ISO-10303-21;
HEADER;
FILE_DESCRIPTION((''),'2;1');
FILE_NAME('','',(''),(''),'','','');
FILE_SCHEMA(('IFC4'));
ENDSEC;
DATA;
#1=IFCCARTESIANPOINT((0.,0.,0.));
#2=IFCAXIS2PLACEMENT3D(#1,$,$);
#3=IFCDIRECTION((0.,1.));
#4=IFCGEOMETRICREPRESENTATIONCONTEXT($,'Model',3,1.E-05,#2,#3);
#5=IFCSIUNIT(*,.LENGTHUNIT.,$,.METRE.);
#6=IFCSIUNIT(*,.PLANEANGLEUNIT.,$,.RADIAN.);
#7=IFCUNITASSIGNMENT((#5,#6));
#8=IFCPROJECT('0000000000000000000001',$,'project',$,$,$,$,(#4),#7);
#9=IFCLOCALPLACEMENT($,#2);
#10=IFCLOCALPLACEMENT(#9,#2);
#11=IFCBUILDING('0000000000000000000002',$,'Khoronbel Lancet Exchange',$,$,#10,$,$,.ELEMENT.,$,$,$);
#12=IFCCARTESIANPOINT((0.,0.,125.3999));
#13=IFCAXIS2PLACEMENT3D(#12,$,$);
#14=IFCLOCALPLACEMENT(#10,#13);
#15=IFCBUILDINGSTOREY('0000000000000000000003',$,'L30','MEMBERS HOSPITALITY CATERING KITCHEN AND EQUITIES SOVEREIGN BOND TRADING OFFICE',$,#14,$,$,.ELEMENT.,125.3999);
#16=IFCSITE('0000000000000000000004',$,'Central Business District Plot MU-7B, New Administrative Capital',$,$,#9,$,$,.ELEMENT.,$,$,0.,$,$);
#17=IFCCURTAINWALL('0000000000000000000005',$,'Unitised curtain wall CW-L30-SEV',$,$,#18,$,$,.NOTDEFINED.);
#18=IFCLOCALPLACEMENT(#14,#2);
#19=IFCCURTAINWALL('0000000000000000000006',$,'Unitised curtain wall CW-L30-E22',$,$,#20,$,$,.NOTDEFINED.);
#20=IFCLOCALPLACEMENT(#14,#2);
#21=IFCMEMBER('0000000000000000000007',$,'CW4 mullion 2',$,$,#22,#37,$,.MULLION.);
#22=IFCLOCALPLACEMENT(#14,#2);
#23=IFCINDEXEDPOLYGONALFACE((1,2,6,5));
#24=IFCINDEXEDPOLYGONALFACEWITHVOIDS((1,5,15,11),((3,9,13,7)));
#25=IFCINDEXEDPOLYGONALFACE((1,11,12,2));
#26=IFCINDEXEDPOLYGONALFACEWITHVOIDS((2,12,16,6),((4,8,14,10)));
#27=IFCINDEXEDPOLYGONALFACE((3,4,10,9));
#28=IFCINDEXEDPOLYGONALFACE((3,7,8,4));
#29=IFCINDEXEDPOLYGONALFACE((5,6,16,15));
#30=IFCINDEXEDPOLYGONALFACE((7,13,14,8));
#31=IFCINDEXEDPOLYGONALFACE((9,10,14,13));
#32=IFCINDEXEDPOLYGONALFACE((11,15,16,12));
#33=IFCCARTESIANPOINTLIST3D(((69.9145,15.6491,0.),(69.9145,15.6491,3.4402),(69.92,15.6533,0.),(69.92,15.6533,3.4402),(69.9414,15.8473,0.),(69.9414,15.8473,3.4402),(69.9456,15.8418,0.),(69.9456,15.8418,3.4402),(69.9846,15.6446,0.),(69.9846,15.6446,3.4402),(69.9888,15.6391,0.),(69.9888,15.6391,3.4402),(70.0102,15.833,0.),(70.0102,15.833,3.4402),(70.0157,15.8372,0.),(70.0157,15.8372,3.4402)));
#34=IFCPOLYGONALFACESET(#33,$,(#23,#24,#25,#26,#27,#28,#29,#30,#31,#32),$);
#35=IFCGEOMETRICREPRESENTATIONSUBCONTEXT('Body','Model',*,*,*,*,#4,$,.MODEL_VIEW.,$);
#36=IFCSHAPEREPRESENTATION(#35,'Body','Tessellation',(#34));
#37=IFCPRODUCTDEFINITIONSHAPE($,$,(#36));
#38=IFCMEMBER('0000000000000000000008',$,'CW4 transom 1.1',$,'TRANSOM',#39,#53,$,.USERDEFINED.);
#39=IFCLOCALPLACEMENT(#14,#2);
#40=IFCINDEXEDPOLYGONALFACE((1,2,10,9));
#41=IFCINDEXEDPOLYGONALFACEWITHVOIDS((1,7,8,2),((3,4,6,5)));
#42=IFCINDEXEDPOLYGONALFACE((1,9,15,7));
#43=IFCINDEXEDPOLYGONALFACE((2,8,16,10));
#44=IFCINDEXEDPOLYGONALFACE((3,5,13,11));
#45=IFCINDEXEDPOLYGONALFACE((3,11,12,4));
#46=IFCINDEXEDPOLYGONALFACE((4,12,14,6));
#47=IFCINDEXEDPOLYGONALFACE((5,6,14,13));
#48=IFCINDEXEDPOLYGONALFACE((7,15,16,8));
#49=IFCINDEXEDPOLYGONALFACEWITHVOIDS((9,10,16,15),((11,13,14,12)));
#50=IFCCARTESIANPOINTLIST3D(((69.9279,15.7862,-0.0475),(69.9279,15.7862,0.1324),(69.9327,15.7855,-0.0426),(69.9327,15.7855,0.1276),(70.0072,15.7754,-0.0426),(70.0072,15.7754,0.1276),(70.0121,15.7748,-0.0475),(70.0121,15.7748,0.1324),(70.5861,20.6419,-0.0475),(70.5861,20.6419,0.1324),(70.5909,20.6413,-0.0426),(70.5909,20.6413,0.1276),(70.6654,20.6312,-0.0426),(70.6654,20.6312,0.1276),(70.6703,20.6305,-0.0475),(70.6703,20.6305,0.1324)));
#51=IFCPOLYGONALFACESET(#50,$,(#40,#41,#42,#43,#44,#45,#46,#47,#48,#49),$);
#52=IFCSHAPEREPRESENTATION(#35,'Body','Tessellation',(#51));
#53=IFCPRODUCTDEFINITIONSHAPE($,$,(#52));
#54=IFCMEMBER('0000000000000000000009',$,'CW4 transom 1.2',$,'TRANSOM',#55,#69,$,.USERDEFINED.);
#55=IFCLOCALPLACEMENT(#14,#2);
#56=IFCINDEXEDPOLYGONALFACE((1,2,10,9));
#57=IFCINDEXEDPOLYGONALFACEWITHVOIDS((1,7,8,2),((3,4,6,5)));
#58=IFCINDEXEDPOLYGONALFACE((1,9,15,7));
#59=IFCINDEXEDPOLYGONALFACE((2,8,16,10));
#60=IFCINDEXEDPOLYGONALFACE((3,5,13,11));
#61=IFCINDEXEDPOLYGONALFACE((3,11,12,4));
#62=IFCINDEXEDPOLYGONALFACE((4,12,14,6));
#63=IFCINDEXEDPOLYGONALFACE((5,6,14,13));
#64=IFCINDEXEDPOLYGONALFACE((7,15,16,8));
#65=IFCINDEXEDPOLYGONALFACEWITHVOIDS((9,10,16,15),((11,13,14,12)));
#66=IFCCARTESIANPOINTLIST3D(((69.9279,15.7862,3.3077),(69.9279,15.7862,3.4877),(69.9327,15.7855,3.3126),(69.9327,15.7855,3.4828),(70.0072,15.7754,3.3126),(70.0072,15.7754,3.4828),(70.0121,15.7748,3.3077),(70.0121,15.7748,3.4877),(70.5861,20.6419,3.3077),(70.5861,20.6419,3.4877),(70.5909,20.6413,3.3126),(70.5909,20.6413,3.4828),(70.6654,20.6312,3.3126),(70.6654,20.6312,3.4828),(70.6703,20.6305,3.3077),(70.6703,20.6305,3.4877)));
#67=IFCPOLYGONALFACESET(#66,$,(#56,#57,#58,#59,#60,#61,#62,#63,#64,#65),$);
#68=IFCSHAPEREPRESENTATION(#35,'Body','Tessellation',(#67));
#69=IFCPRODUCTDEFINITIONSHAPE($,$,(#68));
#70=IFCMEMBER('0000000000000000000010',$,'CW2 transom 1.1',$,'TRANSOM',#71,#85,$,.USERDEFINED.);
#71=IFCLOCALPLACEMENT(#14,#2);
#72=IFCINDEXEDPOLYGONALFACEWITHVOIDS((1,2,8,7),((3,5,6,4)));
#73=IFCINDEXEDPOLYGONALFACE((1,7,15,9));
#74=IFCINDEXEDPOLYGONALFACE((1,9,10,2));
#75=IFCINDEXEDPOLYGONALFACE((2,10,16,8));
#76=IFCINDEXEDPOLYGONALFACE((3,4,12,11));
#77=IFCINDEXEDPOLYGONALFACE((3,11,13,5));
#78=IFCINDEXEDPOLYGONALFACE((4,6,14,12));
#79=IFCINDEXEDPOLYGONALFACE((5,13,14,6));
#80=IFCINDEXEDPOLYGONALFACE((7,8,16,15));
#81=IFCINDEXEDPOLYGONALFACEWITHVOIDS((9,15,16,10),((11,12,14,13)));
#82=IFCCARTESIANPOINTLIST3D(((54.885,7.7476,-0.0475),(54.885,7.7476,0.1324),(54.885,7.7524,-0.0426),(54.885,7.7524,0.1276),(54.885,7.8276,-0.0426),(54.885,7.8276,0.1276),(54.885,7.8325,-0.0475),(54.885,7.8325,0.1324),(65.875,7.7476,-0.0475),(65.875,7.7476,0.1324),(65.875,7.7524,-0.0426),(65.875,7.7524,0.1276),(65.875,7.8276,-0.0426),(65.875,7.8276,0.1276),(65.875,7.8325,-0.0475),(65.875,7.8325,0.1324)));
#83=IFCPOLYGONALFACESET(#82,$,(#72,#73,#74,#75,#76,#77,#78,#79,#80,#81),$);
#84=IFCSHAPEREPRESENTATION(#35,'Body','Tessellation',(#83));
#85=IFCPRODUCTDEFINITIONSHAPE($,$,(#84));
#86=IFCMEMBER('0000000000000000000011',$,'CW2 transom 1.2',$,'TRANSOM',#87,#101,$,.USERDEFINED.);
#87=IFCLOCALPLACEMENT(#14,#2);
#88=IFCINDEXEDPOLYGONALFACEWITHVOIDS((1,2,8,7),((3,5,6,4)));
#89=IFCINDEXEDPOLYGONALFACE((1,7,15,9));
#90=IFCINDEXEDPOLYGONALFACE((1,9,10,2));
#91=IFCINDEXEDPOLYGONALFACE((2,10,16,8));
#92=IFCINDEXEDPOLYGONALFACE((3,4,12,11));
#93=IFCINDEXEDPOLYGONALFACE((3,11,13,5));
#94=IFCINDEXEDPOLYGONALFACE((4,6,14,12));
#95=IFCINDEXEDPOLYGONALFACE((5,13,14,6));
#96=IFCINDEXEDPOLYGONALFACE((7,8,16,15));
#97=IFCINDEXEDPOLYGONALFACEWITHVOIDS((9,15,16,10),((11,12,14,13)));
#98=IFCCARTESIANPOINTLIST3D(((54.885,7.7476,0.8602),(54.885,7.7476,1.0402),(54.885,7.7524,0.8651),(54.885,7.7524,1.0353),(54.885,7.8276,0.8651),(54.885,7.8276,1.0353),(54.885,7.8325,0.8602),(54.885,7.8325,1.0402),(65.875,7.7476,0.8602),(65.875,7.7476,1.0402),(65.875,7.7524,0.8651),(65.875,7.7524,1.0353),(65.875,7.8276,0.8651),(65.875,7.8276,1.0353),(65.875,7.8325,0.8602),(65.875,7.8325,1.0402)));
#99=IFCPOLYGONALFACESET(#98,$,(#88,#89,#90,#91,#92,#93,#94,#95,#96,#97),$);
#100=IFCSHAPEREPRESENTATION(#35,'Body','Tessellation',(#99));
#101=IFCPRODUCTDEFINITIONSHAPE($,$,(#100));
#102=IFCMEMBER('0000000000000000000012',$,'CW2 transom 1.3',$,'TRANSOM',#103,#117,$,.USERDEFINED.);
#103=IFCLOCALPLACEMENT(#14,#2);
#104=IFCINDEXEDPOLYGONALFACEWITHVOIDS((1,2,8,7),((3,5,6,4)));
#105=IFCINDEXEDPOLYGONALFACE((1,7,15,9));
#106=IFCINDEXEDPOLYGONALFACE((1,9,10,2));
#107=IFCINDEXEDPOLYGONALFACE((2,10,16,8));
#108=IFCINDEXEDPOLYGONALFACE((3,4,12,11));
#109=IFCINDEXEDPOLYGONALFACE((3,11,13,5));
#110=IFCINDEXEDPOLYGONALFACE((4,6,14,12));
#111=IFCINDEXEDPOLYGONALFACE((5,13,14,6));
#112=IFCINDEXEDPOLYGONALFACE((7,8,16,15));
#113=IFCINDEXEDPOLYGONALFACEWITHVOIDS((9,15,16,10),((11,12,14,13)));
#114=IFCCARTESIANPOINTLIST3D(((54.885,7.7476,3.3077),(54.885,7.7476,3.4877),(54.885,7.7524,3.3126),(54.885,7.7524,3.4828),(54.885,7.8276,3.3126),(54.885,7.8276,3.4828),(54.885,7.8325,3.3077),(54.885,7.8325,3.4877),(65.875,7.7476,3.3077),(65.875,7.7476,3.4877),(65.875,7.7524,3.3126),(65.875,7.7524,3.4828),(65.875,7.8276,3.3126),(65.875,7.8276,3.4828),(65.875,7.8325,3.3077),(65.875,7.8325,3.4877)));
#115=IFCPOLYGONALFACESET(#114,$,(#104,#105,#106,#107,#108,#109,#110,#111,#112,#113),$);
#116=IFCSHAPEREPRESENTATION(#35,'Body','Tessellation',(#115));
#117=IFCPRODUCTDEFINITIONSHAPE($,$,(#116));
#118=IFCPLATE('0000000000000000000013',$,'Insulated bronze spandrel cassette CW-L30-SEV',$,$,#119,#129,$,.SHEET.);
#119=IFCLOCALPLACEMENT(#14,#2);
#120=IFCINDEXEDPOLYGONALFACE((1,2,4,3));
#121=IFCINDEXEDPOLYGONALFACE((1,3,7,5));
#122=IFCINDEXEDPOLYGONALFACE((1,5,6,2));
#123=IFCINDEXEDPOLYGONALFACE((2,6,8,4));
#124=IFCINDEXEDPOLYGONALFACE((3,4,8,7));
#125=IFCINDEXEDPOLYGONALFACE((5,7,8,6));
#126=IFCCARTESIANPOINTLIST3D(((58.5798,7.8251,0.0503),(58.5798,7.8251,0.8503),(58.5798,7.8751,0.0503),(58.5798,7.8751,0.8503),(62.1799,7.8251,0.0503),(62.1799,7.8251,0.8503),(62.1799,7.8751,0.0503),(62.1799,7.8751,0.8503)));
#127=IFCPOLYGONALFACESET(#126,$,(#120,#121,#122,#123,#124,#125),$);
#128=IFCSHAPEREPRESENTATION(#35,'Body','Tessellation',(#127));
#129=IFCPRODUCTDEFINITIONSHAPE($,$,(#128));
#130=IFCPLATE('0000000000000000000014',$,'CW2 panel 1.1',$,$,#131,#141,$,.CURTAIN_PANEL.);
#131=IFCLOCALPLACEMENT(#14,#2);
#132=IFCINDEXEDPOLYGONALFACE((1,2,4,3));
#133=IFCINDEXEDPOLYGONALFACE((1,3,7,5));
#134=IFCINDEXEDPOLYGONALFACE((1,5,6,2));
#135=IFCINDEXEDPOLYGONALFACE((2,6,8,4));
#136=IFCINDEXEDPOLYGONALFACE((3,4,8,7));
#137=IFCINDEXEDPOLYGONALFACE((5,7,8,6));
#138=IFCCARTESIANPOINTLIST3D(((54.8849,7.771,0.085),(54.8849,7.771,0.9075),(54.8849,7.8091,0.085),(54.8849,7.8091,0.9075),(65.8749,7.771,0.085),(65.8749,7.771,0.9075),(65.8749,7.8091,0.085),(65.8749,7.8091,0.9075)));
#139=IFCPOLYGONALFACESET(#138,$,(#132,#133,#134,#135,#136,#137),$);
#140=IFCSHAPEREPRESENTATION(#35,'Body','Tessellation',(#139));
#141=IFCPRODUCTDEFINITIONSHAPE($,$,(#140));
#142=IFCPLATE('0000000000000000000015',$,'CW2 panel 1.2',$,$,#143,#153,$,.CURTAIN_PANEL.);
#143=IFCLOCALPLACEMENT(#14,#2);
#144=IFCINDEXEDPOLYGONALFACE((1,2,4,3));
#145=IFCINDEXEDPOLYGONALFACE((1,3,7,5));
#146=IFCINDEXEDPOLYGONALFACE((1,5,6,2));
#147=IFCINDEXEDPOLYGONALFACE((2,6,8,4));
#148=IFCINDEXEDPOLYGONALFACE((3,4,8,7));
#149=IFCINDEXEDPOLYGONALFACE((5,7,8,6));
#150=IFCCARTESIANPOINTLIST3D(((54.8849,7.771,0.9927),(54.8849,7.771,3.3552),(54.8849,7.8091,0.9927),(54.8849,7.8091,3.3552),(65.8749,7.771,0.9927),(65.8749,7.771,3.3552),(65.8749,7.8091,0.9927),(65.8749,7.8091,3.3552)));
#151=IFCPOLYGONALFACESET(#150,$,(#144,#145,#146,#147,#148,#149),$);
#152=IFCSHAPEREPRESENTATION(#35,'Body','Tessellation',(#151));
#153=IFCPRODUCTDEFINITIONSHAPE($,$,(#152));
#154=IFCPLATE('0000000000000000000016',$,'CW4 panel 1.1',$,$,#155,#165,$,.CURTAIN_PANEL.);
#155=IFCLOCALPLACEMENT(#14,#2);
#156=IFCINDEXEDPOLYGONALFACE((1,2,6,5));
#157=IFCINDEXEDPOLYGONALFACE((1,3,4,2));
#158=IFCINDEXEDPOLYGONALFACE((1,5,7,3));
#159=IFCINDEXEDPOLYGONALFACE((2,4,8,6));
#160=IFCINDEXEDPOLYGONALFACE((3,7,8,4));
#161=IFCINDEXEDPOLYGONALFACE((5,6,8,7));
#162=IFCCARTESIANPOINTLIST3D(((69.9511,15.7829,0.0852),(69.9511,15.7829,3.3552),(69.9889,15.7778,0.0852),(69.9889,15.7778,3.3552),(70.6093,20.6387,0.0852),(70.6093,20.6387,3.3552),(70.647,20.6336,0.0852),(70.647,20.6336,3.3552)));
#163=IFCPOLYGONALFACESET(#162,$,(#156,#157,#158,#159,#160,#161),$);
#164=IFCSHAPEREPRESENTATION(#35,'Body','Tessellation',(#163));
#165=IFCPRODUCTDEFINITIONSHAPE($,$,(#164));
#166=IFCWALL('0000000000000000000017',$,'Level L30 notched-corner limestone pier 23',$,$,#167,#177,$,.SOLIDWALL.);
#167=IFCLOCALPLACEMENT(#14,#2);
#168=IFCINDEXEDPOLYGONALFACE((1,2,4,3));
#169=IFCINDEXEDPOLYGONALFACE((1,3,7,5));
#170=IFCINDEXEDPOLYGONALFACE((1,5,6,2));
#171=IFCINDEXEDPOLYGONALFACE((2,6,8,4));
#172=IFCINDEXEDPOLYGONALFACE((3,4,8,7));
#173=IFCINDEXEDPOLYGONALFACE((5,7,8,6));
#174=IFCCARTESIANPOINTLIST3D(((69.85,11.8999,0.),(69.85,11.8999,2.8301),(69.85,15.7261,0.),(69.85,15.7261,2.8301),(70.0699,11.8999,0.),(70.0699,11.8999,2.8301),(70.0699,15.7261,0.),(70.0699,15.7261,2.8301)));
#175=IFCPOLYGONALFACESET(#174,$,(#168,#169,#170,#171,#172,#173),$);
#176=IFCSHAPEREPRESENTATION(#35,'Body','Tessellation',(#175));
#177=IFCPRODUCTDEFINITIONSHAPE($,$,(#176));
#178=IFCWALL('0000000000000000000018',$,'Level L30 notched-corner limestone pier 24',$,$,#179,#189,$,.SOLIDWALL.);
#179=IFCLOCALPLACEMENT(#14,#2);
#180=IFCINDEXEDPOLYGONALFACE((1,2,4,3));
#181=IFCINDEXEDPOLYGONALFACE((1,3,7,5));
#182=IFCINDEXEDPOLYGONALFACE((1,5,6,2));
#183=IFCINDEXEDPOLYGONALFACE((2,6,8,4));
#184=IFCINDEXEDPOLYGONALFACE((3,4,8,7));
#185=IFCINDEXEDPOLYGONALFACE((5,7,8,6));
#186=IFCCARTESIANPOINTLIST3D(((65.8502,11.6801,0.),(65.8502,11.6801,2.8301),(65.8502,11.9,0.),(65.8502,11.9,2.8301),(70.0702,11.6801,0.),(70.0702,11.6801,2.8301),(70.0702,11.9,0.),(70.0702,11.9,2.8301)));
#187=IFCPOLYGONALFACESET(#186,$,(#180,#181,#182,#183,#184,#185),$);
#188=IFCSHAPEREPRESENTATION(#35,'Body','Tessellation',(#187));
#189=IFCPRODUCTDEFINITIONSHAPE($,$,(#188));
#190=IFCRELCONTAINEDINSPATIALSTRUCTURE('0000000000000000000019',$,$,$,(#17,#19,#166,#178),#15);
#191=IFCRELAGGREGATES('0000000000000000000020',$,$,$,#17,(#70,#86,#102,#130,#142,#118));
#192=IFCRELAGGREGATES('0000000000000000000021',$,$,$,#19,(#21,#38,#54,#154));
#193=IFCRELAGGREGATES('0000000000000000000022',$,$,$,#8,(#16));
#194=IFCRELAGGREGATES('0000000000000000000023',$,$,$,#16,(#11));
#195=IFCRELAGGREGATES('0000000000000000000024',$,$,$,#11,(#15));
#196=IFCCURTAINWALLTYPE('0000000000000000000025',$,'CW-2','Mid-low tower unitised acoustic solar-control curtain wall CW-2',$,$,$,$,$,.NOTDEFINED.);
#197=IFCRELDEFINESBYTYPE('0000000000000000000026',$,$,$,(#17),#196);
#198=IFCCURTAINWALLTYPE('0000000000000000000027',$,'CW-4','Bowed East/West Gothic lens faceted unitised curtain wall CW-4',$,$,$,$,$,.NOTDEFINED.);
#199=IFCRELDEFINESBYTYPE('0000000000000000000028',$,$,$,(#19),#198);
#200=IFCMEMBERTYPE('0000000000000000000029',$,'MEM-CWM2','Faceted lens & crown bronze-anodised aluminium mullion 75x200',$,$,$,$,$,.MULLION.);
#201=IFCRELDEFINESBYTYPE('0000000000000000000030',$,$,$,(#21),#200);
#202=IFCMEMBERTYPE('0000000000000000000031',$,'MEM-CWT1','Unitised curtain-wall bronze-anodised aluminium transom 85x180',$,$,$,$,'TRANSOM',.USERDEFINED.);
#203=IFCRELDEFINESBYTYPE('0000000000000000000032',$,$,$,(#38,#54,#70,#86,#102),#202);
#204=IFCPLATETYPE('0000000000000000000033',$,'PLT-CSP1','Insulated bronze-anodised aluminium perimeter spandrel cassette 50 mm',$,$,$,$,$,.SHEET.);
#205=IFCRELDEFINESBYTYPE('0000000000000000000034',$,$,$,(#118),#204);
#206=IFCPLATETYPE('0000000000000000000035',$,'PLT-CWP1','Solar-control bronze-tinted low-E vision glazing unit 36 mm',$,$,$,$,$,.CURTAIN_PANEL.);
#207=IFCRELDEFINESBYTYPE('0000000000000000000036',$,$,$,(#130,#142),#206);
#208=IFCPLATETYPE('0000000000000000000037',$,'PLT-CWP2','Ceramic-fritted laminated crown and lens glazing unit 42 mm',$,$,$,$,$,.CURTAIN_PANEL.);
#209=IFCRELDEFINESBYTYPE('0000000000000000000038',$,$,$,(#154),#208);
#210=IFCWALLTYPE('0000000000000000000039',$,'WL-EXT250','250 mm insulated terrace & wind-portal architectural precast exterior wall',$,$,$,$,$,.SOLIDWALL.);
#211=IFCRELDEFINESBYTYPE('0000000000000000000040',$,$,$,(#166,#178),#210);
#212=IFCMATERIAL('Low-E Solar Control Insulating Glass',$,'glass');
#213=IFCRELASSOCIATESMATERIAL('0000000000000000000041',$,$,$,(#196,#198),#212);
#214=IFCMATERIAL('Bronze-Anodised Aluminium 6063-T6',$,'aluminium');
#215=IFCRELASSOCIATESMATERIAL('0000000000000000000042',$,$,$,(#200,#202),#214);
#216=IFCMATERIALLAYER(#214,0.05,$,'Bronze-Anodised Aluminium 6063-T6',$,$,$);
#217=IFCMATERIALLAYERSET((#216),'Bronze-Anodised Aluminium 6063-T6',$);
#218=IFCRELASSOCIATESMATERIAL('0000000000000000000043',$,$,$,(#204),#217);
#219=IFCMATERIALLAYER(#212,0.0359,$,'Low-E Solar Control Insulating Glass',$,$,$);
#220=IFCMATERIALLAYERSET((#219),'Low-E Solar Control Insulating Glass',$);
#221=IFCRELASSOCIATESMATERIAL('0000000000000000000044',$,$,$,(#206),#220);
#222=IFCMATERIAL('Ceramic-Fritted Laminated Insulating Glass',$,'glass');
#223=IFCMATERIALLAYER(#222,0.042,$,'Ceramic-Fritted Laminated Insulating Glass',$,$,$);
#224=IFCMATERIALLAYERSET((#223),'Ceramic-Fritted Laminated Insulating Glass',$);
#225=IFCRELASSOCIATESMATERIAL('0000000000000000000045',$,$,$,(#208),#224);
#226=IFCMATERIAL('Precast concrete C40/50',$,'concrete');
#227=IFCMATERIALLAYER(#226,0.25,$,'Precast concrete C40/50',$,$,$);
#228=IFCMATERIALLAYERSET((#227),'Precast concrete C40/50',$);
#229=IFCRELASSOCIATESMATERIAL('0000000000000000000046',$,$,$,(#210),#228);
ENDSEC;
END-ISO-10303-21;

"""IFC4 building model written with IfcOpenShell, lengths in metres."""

from ifc_helpers import new_model, si_unit, direction, frame, frame_2d, origin, origin_2d, place, context, subcontext, project, spatial, rectangle, hollow_rectangle, extrude, material, layer, layer_set, material_profile, profile_set, type_object, element, aggregate, save


model = new_model("IFC4")

# Units and contexts
model_context = context("Model", 3, precision=1e-05, world=origin(), true_north=direction((0.0, 1.0)))
body_context = subcontext(model_context, "Body", "Model", "MODEL_VIEW")
ifc_project = project(units=[si_unit("LENGTHUNIT", "METRE"), si_unit("PLANEANGLEUNIT", "RADIAN")], contexts=[model_context])

# Site, building, storey
site_placement = place(None, origin())
site = spatial("IfcSite", under=ifc_project, at=site_placement, Name="Central Business District Plot MU-7B, New Administrative Capital", CompositionType="ELEMENT", RefElevation=0.0)
building_placement = place(site_placement, origin())
building = spatial("IfcBuilding", under=site, at=building_placement, Name="Khoronbel Lancet Exchange", CompositionType="ELEMENT")
storey_placement = place(building_placement, frame((0.0, 0.0, 125.3999)))
storey = spatial("IfcBuildingStorey", under=building, at=storey_placement, Name="L30", Description="MEMBERS HOSPITALITY CATERING KITCHEN AND EQUITIES SOVEREIGN BOND TRADING OFFICE", CompositionType="ELEMENT", Elevation=125.3999)

# Shared definitions
ifc_material_1 = material(Name="Low-E Solar Control Insulating Glass", Category="glass")
curtain_wall_type_1 = type_object("IfcCurtainWallType", Name="CW-2", Description="Mid-low tower unitised acoustic solar-control curtain wall CW-2", PredefinedType="NOTDEFINED", material=ifc_material_1)
ifc_material_2 = material(Name="Bronze-Anodised Aluminium 6063-T6", Category="aluminium")

# Curtain wall
curtain_wall_1_placement = place(storey_placement, origin())
curtain_wall_1 = element("IfcCurtainWall", 1, at=curtain_wall_1_placement, inside=storey, type_object=curtain_wall_type_1, Name="Unitised curtain wall CW-L30-SEV", PredefinedType="NOTDEFINED")

# Shared definitions
curtain_wall_type_2 = type_object("IfcCurtainWallType", Name="CW-4", Description="Bowed East/West Gothic lens faceted unitised curtain wall CW-4", PredefinedType="NOTDEFINED", material=ifc_material_1)
ifc_material_profile_1 = material_profile(ifc_material_2, hollow_rectangle(XDim=0.075, YDim=0.2, WallThickness=0.0049, at=origin_2d()), Name="ALU MULLION 75x200")
ifc_profile_set_1 = profile_set([ifc_material_profile_1], Name="Bronze-Anodised Aluminium 6063-T6")
member_type_1 = type_object("IfcMemberType", Name="MEM-CWM2", Description="Faceted lens & crown bronze-anodised aluminium mullion 75x200", PredefinedType="MULLION", material=ifc_profile_set_1)

# Curtain wall, members
curtain_wall_2_placement = place(storey_placement, origin())
curtain_wall_2 = element("IfcCurtainWall", 2, at=curtain_wall_2_placement, inside=storey, type_object=curtain_wall_type_2, Name="Unitised curtain wall CW-L30-E22", PredefinedType="NOTDEFINED")
member_1_placement = place(storey_placement, frame((69.9651, 15.7432, 0.0), z_axis=(0.0, 0.0, 1.0), x_axis=(0.990939, -0.134313, 0.0)))
member_1 = element("IfcMember", 3, at=member_1_placement, type_object=member_type_1, Name="CW4 mullion 2", PredefinedType="MULLION", context=body_context, shape_type="SweptSolid", body=[
    extrude(hollow_rectangle(XDim=0.075, YDim=0.2, WallThickness=0.0049, at=origin_2d()), origin(), (0.0, 0.0, 1.0), 3.4402),
])
ifc_material_profile_2 = material_profile(ifc_material_2, hollow_rectangle(XDim=0.085, YDim=0.1799, WallThickness=0.0049, at=origin_2d()), Name="ALU TRANSOM 85x180")
ifc_profile_set_2 = profile_set([ifc_material_profile_2], Name="Bronze-Anodised Aluminium 6063-T6")
member_type_2 = type_object("IfcMemberType", Name="MEM-CWT1", Description="Unitised curtain-wall bronze-anodised aluminium transom 85x180", ElementType="TRANSOM", PredefinedType="USERDEFINED", material=ifc_profile_set_2)
member_2_placement = place(storey_placement, frame((70.6282, 20.6362, 0.0425), z_axis=(-0.134324, -0.990937, 0.0), x_axis=(0.990937, -0.134324, 0.0)))
member_2 = element("IfcMember", 4, at=member_2_placement, type_object=member_type_2, Name="CW4 transom 1.1", ObjectType="TRANSOM", PredefinedType="USERDEFINED", context=body_context, shape_type="SweptSolid", body=[
    extrude(hollow_rectangle(XDim=0.085, YDim=0.1799, WallThickness=0.0049, at=origin_2d()), origin(), (0.0, 0.0, 1.0), 4.9001),
])
member_3_placement = place(storey_placement, frame((70.6282, 20.6362, 3.3977), z_axis=(-0.134324, -0.990937, 0.0), x_axis=(0.990937, -0.134324, 0.0)))
member_3 = element("IfcMember", 5, at=member_3_placement, type_object=member_type_2, Name="CW4 transom 1.2", ObjectType="TRANSOM", PredefinedType="USERDEFINED", context=body_context, shape_type="SweptSolid", body=[
    extrude(hollow_rectangle(XDim=0.085, YDim=0.1799, WallThickness=0.0049, at=origin_2d()), origin(), (0.0, 0.0, 1.0), 4.9001),
])

# Members
member_4_placement = place(storey_placement, frame((54.885, 7.79, 0.0425), z_axis=(1.0, 0.0, 0.0), x_axis=(0.0, 1.0, 0.0)))
member_4 = element("IfcMember", 6, at=member_4_placement, type_object=member_type_2, Name="CW2 transom 1.1", ObjectType="TRANSOM", PredefinedType="USERDEFINED", context=body_context, shape_type="SweptSolid", body=[
    extrude(hollow_rectangle(XDim=0.085, YDim=0.1799, WallThickness=0.0049, at=origin_2d()), origin(), (0.0, 0.0, 1.0), 10.99),
])
member_5_placement = place(storey_placement, frame((54.885, 7.79, 0.9502), z_axis=(1.0, 0.0, 0.0), x_axis=(0.0, 1.0, 0.0)))
member_5 = element("IfcMember", 7, at=member_5_placement, type_object=member_type_2, Name="CW2 transom 1.2", ObjectType="TRANSOM", PredefinedType="USERDEFINED", context=body_context, shape_type="SweptSolid", body=[
    extrude(hollow_rectangle(XDim=0.085, YDim=0.1799, WallThickness=0.0049, at=origin_2d()), origin(), (0.0, 0.0, 1.0), 10.99),
])
member_6_placement = place(storey_placement, frame((54.885, 7.79, 3.3977), z_axis=(1.0, 0.0, 0.0), x_axis=(0.0, 1.0, 0.0)))
member_6 = element("IfcMember", 8, at=member_6_placement, type_object=member_type_2, Name="CW2 transom 1.3", ObjectType="TRANSOM", PredefinedType="USERDEFINED", context=body_context, shape_type="SweptSolid", body=[
    extrude(hollow_rectangle(XDim=0.085, YDim=0.1799, WallThickness=0.0049, at=origin_2d()), origin(), (0.0, 0.0, 1.0), 10.99),
])

# Plates
ifc_layer_1 = layer(ifc_material_2, 0.05, Name="Bronze-Anodised Aluminium 6063-T6")
ifc_layer_set_1 = layer_set([ifc_layer_1], Name="Bronze-Anodised Aluminium 6063-T6")
plate_type_1 = type_object("IfcPlateType", Name="PLT-CSP1", Description="Insulated bronze-anodised aluminium perimeter spandrel cassette 50 mm", PredefinedType="SHEET", material=ifc_layer_set_1)
plate_1_placement = place(storey_placement, frame((60.3799, 7.8501, 0.0503), z_axis=(0.0, 0.0, 1.0), x_axis=(1.0, 0.0, 0.0)))
plate_1 = element("IfcPlate", 9, at=plate_1_placement, type_object=plate_type_1, Name="Insulated bronze spandrel cassette CW-L30-SEV", PredefinedType="SHEET", context=body_context, shape_type="SweptSolid", body=[
    extrude(rectangle(XDim=3.6001, YDim=0.05, at=origin_2d()), origin(), (0.0, 0.0, 1.0), 0.8),
])
ifc_layer_2 = layer(ifc_material_1, 0.0359, Name="Low-E Solar Control Insulating Glass")
ifc_layer_set_2 = layer_set([ifc_layer_2], Name="Low-E Solar Control Insulating Glass")
plate_type_2 = type_object("IfcPlateType", Name="PLT-CWP1", Description="Solar-control bronze-tinted low-E vision glazing unit 36 mm", PredefinedType="CURTAIN_PANEL", material=ifc_layer_set_2)
plate_2_placement = place(storey_placement, frame((60.3799, 7.79, 0.085), z_axis=(0.0, 0.0, 1.0), x_axis=(1.0, 0.0, 0.0)))
plate_2 = element("IfcPlate", 10, at=plate_2_placement, type_object=plate_type_2, Name="CW2 panel 1.1", PredefinedType="CURTAIN_PANEL", context=body_context, shape_type="SweptSolid", body=[
    extrude(rectangle(XDim=10.99, YDim=0.0381, at=origin_2d()), origin(), (0.0, 0.0, 1.0), 0.8225),
])
plate_3_placement = place(storey_placement, frame((60.3799, 7.79, 0.9927), z_axis=(0.0, 0.0, 1.0), x_axis=(1.0, 0.0, 0.0)))
plate_3 = element("IfcPlate", 11, at=plate_3_placement, type_object=plate_type_2, Name="CW2 panel 1.2", PredefinedType="CURTAIN_PANEL", context=body_context, shape_type="SweptSolid", body=[
    extrude(rectangle(XDim=10.99, YDim=0.0381, at=origin_2d()), origin(), (0.0, 0.0, 1.0), 2.3625),
])
aggregate(curtain_wall_1, [member_4, member_5, member_6, plate_2, plate_3, plate_1])
ifc_material_3 = material(Name="Ceramic-Fritted Laminated Insulating Glass", Category="glass")
ifc_layer_3 = layer(ifc_material_3, 0.042, Name="Ceramic-Fritted Laminated Insulating Glass")
ifc_layer_set_3 = layer_set([ifc_layer_3], Name="Ceramic-Fritted Laminated Insulating Glass")
plate_type_3 = type_object("IfcPlateType", Name="PLT-CWP2", Description="Ceramic-fritted laminated crown and lens glazing unit 42 mm", PredefinedType="CURTAIN_PANEL", material=ifc_layer_set_3)
plate_4_placement = place(storey_placement, frame((70.2991, 18.2083, 0.0852), z_axis=(0.0, 0.0, 1.0), x_axis=(-0.134313, -0.990939, 0.0)))
plate_4 = element("IfcPlate", 12, at=plate_4_placement, type_object=plate_type_3, Name="CW4 panel 1.1", PredefinedType="CURTAIN_PANEL", context=body_context, shape_type="SweptSolid", body=[
    extrude(rectangle(XDim=4.9001, YDim=0.0381, at=origin_2d()), origin(), (0.0, 0.0, 1.0), 3.27),
])
aggregate(curtain_wall_2, [member_1, member_2, member_3, plate_4])

# Walls
ifc_material_4 = material(Name="Precast concrete C40/50", Category="concrete")
ifc_layer_4 = layer(ifc_material_4, 0.25, Name="Precast concrete C40/50")
ifc_layer_set_4 = layer_set([ifc_layer_4], Name="Precast concrete C40/50")
wall_type_1 = type_object("IfcWallType", Name="WL-EXT250", Description="250 mm insulated terrace & wind-portal architectural precast exterior wall", PredefinedType="SOLIDWALL", material=ifc_layer_set_4)
wall_1_placement = place(storey_placement, frame((69.96, 15.7261, 0.0), z_axis=(0.0, 0.0, 1.0), x_axis=(0.0, -1.0, 0.0)))
element("IfcWall", 13, at=wall_1_placement, inside=storey, type_object=wall_type_1, Name="Level L30 notched-corner limestone pier 23", PredefinedType="SOLIDWALL", context=body_context, shape_type="SweptSolid", body=[
    extrude(rectangle(XDim=3.8262, YDim=0.22, at=frame_2d((1.9131, 0.0))), origin(), (0.0, 0.0, 1.0), 2.8301),
])
wall_2_placement = place(storey_placement, frame((70.0701, 11.79, 0.0), z_axis=(0.0, 0.0, 1.0), x_axis=(-1.0, 0.0, 0.0)))
element("IfcWall", 14, at=wall_2_placement, inside=storey, type_object=wall_type_1, Name="Level L30 notched-corner limestone pier 24", PredefinedType="SOLIDWALL", context=body_context, shape_type="SweptSolid", body=[
    extrude(rectangle(XDim=4.22, YDim=0.22, at=frame_2d((2.1099, 0.0))), origin(), (0.0, 0.0, 1.0), 2.8301),
])

save(model, "model.ifc")
